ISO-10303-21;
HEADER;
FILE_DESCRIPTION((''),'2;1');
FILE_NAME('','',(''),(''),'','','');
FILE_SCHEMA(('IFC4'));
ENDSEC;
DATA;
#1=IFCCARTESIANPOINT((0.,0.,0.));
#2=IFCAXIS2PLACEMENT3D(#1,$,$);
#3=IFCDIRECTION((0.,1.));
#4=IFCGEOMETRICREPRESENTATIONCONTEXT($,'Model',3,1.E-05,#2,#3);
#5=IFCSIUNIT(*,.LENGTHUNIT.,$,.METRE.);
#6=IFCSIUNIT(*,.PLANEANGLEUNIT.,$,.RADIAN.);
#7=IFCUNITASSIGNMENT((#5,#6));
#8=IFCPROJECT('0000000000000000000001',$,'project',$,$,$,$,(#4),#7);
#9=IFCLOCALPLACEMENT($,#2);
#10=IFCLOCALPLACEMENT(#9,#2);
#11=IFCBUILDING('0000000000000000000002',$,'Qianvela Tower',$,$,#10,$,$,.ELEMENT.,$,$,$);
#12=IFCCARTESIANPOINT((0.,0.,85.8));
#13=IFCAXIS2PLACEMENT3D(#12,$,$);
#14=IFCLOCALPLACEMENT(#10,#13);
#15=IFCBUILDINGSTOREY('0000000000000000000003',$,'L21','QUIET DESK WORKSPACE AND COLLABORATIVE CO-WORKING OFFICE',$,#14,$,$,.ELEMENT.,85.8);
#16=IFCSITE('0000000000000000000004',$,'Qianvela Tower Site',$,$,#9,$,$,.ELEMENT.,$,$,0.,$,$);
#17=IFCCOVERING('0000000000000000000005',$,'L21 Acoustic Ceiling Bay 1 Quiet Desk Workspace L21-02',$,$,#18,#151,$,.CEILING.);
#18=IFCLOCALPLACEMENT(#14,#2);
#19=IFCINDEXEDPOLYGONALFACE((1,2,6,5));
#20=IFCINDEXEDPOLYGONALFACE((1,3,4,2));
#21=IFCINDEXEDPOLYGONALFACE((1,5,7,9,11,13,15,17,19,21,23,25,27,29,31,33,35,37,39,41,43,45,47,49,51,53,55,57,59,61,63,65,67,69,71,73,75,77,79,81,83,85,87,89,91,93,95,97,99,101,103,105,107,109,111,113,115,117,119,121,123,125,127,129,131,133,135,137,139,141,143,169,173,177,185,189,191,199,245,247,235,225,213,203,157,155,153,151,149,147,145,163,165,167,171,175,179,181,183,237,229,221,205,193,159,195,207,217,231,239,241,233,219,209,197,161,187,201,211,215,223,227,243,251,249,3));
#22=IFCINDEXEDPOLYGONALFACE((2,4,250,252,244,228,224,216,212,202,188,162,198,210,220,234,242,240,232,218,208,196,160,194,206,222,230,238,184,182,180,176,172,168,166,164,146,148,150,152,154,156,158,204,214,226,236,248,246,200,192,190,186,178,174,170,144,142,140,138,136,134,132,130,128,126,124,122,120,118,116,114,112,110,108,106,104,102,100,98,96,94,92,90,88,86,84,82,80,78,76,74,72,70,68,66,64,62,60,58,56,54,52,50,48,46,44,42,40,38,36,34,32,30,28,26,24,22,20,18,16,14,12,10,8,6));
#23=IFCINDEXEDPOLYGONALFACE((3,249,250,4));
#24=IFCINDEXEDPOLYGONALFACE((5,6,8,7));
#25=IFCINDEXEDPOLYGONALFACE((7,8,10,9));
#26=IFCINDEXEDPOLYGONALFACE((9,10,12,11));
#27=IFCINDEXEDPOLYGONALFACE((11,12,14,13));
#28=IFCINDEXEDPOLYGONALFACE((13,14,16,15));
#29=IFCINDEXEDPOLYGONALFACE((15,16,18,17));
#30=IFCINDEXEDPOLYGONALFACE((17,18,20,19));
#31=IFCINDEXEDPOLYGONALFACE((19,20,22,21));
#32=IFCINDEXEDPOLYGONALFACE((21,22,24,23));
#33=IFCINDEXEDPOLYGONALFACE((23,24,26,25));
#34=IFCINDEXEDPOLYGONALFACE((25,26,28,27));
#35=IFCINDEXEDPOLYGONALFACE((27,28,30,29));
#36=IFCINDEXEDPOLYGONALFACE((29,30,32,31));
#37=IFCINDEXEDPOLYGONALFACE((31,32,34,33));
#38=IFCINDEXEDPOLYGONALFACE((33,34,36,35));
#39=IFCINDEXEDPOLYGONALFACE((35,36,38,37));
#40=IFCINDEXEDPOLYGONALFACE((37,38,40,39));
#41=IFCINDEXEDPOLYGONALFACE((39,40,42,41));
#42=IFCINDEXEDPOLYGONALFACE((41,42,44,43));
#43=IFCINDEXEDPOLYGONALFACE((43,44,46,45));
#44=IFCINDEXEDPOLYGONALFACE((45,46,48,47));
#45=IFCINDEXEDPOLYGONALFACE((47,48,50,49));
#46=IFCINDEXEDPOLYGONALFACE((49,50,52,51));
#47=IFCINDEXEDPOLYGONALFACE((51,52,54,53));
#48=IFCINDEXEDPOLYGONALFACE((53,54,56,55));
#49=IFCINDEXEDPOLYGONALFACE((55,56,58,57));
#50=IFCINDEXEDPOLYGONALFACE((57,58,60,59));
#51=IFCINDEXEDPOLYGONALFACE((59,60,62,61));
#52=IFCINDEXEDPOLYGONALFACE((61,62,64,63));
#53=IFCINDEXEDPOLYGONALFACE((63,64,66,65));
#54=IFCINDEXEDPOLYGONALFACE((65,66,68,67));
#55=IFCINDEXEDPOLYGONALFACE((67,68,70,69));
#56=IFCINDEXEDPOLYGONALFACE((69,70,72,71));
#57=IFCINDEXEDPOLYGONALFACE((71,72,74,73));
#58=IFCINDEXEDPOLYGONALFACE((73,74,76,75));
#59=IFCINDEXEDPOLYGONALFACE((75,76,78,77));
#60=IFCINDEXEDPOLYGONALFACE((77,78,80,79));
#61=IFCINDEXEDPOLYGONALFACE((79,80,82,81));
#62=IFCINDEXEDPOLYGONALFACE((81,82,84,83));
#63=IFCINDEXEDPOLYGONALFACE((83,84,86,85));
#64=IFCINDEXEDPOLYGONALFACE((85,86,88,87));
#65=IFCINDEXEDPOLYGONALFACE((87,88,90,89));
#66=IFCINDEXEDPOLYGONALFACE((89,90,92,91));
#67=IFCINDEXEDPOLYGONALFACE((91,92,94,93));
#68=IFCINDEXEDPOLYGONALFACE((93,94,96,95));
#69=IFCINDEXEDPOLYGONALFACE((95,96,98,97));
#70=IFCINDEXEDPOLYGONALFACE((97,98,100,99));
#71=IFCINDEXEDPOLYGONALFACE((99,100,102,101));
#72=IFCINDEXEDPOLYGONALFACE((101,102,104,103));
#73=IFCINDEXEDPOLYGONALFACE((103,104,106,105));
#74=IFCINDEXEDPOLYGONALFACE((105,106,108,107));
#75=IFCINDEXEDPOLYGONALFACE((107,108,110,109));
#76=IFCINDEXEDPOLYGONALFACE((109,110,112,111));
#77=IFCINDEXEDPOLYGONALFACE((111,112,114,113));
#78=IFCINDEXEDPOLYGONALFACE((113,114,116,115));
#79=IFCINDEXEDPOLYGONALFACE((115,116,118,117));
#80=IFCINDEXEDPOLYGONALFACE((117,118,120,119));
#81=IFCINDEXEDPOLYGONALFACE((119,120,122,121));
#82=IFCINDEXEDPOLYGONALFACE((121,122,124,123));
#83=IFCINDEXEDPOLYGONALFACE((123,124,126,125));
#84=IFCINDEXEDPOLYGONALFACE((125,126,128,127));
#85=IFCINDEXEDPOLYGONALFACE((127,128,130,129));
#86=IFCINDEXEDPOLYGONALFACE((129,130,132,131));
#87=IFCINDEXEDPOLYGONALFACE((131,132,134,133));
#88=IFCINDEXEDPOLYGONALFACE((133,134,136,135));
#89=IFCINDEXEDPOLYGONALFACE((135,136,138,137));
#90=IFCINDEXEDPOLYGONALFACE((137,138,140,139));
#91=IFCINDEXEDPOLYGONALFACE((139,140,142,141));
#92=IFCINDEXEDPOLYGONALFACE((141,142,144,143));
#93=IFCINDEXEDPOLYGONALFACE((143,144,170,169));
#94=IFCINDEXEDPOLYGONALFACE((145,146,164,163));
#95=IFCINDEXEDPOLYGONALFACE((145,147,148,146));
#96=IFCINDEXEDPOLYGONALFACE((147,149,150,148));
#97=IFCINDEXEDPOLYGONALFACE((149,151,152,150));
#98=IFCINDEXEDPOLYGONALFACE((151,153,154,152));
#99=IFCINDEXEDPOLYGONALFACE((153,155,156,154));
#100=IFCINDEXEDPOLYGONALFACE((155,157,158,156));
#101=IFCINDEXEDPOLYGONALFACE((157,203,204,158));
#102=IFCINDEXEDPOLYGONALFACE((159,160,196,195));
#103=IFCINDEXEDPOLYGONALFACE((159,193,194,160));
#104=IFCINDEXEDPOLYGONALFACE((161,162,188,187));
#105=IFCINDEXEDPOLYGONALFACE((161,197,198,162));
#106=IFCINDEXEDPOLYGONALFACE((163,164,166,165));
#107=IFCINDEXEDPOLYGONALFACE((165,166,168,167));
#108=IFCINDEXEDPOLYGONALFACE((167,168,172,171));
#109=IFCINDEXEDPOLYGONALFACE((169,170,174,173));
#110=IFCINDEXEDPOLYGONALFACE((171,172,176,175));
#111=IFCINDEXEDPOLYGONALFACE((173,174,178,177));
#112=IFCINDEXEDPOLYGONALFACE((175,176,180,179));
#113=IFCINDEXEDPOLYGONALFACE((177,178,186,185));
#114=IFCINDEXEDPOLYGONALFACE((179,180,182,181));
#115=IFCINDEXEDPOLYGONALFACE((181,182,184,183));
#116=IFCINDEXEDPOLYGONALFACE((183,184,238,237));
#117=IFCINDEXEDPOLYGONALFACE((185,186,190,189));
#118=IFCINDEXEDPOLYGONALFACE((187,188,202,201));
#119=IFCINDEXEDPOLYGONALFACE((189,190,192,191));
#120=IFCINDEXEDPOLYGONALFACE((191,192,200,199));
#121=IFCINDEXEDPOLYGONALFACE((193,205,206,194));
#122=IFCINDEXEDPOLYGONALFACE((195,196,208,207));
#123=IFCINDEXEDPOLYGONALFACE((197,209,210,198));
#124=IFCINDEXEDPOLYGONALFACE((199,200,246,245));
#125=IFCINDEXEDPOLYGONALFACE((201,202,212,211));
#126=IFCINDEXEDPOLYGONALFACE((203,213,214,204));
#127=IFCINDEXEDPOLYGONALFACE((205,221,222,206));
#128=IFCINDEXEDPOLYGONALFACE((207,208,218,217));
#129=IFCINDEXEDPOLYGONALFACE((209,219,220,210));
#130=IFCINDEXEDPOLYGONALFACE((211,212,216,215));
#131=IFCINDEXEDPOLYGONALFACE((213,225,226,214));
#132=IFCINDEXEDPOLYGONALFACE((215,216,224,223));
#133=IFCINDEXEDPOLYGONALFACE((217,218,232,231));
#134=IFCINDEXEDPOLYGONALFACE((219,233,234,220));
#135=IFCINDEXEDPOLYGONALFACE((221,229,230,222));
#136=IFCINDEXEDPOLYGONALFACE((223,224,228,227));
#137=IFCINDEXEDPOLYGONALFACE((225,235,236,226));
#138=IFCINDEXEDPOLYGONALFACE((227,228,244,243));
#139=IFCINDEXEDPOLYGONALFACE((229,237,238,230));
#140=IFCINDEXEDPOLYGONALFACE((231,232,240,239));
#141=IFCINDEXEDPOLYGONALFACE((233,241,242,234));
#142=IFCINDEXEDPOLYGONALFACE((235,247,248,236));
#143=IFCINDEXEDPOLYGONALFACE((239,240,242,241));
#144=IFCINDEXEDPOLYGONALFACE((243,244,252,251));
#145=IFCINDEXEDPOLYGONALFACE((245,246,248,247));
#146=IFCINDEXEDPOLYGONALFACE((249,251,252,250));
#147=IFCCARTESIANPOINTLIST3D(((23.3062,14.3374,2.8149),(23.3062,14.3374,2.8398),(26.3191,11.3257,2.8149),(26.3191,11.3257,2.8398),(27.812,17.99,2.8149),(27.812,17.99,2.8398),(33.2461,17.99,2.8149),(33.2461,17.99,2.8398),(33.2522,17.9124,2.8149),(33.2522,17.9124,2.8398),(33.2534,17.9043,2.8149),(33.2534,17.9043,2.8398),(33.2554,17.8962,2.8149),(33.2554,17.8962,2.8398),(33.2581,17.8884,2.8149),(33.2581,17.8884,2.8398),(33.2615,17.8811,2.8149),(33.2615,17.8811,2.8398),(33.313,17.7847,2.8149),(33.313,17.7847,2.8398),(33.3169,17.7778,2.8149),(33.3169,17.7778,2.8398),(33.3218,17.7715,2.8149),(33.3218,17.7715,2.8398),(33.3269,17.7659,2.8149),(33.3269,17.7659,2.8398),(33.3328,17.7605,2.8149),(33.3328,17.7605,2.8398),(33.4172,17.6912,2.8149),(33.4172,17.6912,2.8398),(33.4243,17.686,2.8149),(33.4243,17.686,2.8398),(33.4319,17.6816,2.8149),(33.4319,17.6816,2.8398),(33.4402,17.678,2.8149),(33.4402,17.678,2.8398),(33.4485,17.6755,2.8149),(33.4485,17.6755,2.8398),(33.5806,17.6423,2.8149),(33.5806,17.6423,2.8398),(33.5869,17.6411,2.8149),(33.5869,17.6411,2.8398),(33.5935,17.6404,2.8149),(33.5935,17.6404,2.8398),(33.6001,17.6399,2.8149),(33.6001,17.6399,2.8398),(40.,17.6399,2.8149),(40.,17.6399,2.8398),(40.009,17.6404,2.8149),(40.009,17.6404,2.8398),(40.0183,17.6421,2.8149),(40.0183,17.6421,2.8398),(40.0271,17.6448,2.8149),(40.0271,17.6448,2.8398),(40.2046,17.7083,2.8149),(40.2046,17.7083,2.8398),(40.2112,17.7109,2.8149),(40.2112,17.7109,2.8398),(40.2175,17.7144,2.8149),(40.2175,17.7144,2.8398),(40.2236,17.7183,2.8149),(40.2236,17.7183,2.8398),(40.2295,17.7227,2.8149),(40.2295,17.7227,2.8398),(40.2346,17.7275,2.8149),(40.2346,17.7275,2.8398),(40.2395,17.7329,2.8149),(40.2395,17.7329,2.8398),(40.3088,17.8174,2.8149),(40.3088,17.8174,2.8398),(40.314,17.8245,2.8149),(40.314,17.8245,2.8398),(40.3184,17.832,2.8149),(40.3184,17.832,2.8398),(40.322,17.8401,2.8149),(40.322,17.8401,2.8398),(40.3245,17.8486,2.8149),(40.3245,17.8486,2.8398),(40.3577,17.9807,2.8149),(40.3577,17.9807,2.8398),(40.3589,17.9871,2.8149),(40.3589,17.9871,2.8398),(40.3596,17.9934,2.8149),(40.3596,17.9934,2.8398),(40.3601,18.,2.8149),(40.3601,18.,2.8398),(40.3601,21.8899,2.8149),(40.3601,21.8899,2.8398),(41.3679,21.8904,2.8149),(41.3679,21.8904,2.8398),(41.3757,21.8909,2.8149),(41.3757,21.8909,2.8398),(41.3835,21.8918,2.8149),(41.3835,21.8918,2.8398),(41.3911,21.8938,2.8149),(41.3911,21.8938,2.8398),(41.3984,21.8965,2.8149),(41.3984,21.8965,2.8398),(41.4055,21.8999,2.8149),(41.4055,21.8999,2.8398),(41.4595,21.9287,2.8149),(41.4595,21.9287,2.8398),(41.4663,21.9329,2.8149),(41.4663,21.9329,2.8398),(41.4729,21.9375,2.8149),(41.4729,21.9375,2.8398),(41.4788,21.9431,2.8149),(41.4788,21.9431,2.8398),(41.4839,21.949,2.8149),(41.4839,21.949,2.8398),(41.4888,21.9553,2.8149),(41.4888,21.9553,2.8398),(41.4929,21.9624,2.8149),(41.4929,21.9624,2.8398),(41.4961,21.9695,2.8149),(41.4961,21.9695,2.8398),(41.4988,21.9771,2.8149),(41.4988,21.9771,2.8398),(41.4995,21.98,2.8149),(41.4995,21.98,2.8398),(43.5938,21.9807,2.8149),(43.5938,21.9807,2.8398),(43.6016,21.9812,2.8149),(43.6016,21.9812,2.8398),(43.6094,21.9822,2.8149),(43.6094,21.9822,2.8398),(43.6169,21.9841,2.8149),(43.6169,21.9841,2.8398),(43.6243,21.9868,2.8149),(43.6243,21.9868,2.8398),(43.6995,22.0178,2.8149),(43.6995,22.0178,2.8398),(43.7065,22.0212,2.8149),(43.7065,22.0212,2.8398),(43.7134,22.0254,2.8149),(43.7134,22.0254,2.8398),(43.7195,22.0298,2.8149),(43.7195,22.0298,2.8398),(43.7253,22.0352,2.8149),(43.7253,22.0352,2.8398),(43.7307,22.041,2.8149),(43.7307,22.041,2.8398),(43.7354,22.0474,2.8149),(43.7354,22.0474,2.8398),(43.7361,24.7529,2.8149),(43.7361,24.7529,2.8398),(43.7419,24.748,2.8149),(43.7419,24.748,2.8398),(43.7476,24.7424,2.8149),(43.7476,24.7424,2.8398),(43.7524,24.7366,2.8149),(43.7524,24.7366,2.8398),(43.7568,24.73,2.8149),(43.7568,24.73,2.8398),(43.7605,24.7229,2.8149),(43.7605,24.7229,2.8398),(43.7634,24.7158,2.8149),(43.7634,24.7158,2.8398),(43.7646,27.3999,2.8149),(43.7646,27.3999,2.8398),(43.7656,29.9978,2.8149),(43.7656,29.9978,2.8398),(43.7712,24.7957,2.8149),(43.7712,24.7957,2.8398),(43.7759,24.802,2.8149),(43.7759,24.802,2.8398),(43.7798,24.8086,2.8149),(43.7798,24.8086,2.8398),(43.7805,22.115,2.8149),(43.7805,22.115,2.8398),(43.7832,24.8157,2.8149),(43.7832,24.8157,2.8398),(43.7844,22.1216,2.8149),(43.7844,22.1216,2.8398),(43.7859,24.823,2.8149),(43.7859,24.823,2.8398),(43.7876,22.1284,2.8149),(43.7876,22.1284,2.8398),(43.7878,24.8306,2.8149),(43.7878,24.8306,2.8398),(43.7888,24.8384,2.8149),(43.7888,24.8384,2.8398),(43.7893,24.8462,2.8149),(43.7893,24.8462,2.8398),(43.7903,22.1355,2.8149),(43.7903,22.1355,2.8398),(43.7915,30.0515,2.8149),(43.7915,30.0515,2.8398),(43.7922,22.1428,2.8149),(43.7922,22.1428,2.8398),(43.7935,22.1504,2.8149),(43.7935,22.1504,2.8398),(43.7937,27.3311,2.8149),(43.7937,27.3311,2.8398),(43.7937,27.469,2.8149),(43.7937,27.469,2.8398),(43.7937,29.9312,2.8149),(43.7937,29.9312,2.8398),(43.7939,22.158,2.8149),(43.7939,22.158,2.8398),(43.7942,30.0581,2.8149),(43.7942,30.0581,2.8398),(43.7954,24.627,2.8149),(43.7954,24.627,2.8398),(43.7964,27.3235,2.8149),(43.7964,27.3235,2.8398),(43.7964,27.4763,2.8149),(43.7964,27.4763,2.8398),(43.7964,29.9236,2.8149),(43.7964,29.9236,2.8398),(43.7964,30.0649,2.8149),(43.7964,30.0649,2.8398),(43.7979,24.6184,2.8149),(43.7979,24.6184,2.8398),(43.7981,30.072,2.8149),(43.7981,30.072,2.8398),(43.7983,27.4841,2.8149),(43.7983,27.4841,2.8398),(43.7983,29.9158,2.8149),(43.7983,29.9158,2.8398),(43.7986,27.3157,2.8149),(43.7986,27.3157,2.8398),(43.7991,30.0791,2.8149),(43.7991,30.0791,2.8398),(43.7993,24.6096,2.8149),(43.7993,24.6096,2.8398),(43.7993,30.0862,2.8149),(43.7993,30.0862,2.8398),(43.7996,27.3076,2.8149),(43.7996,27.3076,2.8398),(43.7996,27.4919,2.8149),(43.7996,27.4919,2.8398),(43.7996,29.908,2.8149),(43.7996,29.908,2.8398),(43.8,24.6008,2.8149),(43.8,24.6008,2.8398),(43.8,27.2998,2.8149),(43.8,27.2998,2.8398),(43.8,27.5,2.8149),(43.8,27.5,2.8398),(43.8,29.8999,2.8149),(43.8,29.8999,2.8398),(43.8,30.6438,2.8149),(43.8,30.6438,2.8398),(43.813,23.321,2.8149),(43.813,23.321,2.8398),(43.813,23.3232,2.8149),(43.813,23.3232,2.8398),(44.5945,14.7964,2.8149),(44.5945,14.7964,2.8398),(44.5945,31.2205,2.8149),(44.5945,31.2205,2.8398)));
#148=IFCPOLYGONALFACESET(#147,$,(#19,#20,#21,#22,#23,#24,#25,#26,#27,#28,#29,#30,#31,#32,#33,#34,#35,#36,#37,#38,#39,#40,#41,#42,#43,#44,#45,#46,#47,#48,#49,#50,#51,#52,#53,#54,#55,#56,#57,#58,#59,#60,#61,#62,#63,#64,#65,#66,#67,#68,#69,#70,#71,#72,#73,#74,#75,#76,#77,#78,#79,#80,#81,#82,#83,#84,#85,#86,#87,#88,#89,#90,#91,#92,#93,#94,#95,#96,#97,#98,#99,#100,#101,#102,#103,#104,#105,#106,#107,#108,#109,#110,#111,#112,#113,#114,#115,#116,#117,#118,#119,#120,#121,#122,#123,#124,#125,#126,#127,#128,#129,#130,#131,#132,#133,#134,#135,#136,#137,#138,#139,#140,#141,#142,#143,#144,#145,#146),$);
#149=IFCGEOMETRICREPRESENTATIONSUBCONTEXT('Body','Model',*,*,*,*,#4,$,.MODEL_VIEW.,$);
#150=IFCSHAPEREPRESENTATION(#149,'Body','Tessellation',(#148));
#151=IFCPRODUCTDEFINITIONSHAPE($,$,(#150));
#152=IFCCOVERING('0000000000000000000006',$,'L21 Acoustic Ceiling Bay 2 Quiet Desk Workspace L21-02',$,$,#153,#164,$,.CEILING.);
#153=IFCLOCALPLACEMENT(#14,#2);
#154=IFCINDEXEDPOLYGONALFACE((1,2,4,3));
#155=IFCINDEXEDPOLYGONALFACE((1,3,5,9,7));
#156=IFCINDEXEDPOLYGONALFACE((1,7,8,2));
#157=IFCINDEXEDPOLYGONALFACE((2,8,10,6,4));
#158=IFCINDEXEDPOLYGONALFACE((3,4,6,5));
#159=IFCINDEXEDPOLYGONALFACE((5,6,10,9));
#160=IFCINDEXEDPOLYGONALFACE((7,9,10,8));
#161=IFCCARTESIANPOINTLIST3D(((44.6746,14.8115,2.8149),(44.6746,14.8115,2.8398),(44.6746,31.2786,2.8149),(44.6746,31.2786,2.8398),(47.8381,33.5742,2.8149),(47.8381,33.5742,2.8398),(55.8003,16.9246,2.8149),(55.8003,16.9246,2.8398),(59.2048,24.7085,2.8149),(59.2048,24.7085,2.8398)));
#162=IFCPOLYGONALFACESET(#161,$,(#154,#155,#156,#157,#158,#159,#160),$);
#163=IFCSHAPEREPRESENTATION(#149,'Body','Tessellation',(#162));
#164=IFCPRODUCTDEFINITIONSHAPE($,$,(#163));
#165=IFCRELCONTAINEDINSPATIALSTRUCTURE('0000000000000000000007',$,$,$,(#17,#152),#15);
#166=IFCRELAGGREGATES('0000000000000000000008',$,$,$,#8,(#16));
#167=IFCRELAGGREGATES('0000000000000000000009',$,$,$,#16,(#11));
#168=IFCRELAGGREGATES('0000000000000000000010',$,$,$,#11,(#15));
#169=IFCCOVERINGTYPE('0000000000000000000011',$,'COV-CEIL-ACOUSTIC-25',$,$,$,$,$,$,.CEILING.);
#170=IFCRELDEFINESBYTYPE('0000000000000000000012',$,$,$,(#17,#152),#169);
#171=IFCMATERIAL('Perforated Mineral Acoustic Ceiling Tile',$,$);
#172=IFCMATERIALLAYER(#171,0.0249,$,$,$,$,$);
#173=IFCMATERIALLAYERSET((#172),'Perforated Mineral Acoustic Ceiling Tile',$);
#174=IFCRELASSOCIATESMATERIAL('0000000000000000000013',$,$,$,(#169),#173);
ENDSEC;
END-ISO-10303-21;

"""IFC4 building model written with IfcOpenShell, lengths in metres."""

from ifc_helpers import new_model, si_unit, direction, frame, origin, place, context, subcontext, project, spatial, polyline, outline, extrude, material, layer, layer_set, type_object, element, save


model = new_model("IFC4")

# Units and contexts
model_context = context("Model", 3, precision=1e-05, world=origin(), true_north=direction((0.0, 1.0)))
body_context = subcontext(model_context, "Body", "Model", "MODEL_VIEW")
ifc_project = project(units=[si_unit("LENGTHUNIT", "METRE"), si_unit("PLANEANGLEUNIT", "RADIAN")], contexts=[model_context])

# Site, building, storey
site_placement = place(None, origin())
site = spatial("IfcSite", under=ifc_project, at=site_placement, Name="Qianvela Tower Site", CompositionType="ELEMENT", RefElevation=0.0)
building_placement = place(site_placement, origin())
building = spatial("IfcBuilding", under=site, at=building_placement, Name="Qianvela Tower", CompositionType="ELEMENT")
storey_placement = place(building_placement, frame((0.0, 0.0, 85.8)))
storey = spatial("IfcBuildingStorey", under=building, at=storey_placement, Name="L21", Description="QUIET DESK WORKSPACE AND COLLABORATIVE CO-WORKING OFFICE", CompositionType="ELEMENT", Elevation=85.8)

# Coverings
ifc_material_1 = material(Name="Perforated Mineral Acoustic Ceiling Tile")
ifc_layer_1 = layer(ifc_material_1, 0.0249)
ifc_layer_set_1 = layer_set([ifc_layer_1], Name="Perforated Mineral Acoustic Ceiling Tile")
covering_type_1 = type_object("IfcCoveringType", Name="COV-CEIL-ACOUSTIC-25", PredefinedType="CEILING", material=ifc_layer_set_1)
covering_1_placement = place(storey_placement, frame((0.0, 0.0, 2.8149)))
element("IfcCovering", 1, at=covering_1_placement, inside=storey, type_object=covering_type_1, Name="L21 Acoustic Ceiling Bay 1 Quiet Desk Workspace L21-02", PredefinedType="CEILING", context=body_context, shape_type="SweptSolid", body=[
    extrude(outline(polyline([(23.3062, 14.3374), (27.812, 17.99), (33.2461, 17.99), (33.2522, 17.9124), (33.2534, 17.9043), (33.2554, 17.8962), (33.2581, 17.8884), (33.2615, 17.8811), (33.313, 17.7847), (33.3169, 17.7778), (33.3218, 17.7715), (33.3269, 17.7659), (33.3328, 17.7605), (33.4172, 17.6912), (33.4243, 17.686), (33.4319, 17.6816), (33.4402, 17.678), (33.4485, 17.6755), (33.5806, 17.6423), (33.5869, 17.6411), (33.5935, 17.6404), (33.6001, 17.6399), (40.0, 17.6399), (40.009, 17.6404), (40.0183, 17.6421), (40.0271, 17.6448), (40.2046, 17.7083), (40.2112, 17.7109), (40.2175, 17.7144), (40.2236, 17.7183), (40.2295, 17.7227), (40.2346, 17.7275), (40.2395, 17.7329), (40.3088, 17.8174), (40.314, 17.8245), (40.3184, 17.832), (40.322, 17.8401), (40.3245, 17.8486), (40.3577, 17.9807), (40.3589, 17.9871), (40.3596, 17.9934), (40.3601, 18.0), (40.3601, 21.8899), (41.3679, 21.8904), (41.3757, 21.8909), (41.3835, 21.8918), (41.3911, 21.8938), (41.3984, 21.8965), (41.4055, 21.8999), (41.4595, 21.9287), (41.4663, 21.9329), (41.4729, 21.9375), (41.4788, 21.9431), (41.4839, 21.949), (41.4888, 21.9553), (41.4929, 21.9624), (41.4961, 21.9695), (41.4988, 21.9771), (41.4995, 21.98), (43.5938, 21.9807), (43.6016, 21.9812), (43.6094, 21.9822), (43.6169, 21.9841), (43.6243, 21.9868), (43.6995, 22.0178), (43.7065, 22.0212), (43.7134, 22.0254), (43.7195, 22.0298), (43.7253, 22.0352), (43.7307, 22.041), (43.7354, 22.0474), (43.7805, 22.115), (43.7844, 22.1216), (43.7876, 22.1284), (43.7903, 22.1355), (43.7922, 22.1428), (43.7935, 22.1504), (43.7939, 22.158), (43.813, 23.321), (43.813, 23.3232), (43.8, 24.6008), (43.7993, 24.6096), (43.7979, 24.6184), (43.7954, 24.627), (43.7634, 24.7158), (43.7605, 24.7229), (43.7568, 24.73), (43.7524, 24.7366), (43.7476, 24.7424), (43.7419, 24.748), (43.7361, 24.7529), (43.7712, 24.7957), (43.7759, 24.802), (43.7798, 24.8086), (43.7832, 24.8157), (43.7859, 24.823), (43.7878, 24.8306), (43.7888, 24.8384), (43.7893, 24.8462), (43.8, 27.2998), (43.7996, 27.3076), (43.7986, 27.3157), (43.7964, 27.3235), (43.7937, 27.3311), (43.7646, 27.3999), (43.7937, 27.469), (43.7964, 27.4763), (43.7983, 27.4841), (43.7996, 27.4919), (43.8, 27.5), (43.8, 29.8999), (43.7996, 29.908), (43.7983, 29.9158), (43.7964, 29.9236), (43.7937, 29.9312), (43.7656, 29.9978), (43.7915, 30.0515), (43.7942, 30.0581), (43.7964, 30.0649), (43.7981, 30.072), (43.7991, 30.0791), (43.7993, 30.0862), (43.8, 30.6438), (44.5945, 31.2205), (44.5945, 14.7964), (26.3191, 11.3257), (23.3062, 14.3374)])), origin(), (0.0, 0.0, 1.0), 0.0249),
])
covering_2_placement = place(storey_placement, frame((0.0, 0.0, 2.8149)))
element("IfcCovering", 2, at=covering_2_placement, inside=storey, type_object=covering_type_1, Name="L21 Acoustic Ceiling Bay 2 Quiet Desk Workspace L21-02", PredefinedType="CEILING", context=body_context, shape_type="SweptSolid", body=[
    extrude(outline(polyline([(47.8381, 33.5742), (59.2048, 24.7085), (55.8003, 16.9246), (44.6746, 14.8115), (44.6746, 31.2786), (47.8381, 33.5742)])), origin(), (0.0, 0.0, 1.0), 0.0249),
])

save(model, "model.ifc")
